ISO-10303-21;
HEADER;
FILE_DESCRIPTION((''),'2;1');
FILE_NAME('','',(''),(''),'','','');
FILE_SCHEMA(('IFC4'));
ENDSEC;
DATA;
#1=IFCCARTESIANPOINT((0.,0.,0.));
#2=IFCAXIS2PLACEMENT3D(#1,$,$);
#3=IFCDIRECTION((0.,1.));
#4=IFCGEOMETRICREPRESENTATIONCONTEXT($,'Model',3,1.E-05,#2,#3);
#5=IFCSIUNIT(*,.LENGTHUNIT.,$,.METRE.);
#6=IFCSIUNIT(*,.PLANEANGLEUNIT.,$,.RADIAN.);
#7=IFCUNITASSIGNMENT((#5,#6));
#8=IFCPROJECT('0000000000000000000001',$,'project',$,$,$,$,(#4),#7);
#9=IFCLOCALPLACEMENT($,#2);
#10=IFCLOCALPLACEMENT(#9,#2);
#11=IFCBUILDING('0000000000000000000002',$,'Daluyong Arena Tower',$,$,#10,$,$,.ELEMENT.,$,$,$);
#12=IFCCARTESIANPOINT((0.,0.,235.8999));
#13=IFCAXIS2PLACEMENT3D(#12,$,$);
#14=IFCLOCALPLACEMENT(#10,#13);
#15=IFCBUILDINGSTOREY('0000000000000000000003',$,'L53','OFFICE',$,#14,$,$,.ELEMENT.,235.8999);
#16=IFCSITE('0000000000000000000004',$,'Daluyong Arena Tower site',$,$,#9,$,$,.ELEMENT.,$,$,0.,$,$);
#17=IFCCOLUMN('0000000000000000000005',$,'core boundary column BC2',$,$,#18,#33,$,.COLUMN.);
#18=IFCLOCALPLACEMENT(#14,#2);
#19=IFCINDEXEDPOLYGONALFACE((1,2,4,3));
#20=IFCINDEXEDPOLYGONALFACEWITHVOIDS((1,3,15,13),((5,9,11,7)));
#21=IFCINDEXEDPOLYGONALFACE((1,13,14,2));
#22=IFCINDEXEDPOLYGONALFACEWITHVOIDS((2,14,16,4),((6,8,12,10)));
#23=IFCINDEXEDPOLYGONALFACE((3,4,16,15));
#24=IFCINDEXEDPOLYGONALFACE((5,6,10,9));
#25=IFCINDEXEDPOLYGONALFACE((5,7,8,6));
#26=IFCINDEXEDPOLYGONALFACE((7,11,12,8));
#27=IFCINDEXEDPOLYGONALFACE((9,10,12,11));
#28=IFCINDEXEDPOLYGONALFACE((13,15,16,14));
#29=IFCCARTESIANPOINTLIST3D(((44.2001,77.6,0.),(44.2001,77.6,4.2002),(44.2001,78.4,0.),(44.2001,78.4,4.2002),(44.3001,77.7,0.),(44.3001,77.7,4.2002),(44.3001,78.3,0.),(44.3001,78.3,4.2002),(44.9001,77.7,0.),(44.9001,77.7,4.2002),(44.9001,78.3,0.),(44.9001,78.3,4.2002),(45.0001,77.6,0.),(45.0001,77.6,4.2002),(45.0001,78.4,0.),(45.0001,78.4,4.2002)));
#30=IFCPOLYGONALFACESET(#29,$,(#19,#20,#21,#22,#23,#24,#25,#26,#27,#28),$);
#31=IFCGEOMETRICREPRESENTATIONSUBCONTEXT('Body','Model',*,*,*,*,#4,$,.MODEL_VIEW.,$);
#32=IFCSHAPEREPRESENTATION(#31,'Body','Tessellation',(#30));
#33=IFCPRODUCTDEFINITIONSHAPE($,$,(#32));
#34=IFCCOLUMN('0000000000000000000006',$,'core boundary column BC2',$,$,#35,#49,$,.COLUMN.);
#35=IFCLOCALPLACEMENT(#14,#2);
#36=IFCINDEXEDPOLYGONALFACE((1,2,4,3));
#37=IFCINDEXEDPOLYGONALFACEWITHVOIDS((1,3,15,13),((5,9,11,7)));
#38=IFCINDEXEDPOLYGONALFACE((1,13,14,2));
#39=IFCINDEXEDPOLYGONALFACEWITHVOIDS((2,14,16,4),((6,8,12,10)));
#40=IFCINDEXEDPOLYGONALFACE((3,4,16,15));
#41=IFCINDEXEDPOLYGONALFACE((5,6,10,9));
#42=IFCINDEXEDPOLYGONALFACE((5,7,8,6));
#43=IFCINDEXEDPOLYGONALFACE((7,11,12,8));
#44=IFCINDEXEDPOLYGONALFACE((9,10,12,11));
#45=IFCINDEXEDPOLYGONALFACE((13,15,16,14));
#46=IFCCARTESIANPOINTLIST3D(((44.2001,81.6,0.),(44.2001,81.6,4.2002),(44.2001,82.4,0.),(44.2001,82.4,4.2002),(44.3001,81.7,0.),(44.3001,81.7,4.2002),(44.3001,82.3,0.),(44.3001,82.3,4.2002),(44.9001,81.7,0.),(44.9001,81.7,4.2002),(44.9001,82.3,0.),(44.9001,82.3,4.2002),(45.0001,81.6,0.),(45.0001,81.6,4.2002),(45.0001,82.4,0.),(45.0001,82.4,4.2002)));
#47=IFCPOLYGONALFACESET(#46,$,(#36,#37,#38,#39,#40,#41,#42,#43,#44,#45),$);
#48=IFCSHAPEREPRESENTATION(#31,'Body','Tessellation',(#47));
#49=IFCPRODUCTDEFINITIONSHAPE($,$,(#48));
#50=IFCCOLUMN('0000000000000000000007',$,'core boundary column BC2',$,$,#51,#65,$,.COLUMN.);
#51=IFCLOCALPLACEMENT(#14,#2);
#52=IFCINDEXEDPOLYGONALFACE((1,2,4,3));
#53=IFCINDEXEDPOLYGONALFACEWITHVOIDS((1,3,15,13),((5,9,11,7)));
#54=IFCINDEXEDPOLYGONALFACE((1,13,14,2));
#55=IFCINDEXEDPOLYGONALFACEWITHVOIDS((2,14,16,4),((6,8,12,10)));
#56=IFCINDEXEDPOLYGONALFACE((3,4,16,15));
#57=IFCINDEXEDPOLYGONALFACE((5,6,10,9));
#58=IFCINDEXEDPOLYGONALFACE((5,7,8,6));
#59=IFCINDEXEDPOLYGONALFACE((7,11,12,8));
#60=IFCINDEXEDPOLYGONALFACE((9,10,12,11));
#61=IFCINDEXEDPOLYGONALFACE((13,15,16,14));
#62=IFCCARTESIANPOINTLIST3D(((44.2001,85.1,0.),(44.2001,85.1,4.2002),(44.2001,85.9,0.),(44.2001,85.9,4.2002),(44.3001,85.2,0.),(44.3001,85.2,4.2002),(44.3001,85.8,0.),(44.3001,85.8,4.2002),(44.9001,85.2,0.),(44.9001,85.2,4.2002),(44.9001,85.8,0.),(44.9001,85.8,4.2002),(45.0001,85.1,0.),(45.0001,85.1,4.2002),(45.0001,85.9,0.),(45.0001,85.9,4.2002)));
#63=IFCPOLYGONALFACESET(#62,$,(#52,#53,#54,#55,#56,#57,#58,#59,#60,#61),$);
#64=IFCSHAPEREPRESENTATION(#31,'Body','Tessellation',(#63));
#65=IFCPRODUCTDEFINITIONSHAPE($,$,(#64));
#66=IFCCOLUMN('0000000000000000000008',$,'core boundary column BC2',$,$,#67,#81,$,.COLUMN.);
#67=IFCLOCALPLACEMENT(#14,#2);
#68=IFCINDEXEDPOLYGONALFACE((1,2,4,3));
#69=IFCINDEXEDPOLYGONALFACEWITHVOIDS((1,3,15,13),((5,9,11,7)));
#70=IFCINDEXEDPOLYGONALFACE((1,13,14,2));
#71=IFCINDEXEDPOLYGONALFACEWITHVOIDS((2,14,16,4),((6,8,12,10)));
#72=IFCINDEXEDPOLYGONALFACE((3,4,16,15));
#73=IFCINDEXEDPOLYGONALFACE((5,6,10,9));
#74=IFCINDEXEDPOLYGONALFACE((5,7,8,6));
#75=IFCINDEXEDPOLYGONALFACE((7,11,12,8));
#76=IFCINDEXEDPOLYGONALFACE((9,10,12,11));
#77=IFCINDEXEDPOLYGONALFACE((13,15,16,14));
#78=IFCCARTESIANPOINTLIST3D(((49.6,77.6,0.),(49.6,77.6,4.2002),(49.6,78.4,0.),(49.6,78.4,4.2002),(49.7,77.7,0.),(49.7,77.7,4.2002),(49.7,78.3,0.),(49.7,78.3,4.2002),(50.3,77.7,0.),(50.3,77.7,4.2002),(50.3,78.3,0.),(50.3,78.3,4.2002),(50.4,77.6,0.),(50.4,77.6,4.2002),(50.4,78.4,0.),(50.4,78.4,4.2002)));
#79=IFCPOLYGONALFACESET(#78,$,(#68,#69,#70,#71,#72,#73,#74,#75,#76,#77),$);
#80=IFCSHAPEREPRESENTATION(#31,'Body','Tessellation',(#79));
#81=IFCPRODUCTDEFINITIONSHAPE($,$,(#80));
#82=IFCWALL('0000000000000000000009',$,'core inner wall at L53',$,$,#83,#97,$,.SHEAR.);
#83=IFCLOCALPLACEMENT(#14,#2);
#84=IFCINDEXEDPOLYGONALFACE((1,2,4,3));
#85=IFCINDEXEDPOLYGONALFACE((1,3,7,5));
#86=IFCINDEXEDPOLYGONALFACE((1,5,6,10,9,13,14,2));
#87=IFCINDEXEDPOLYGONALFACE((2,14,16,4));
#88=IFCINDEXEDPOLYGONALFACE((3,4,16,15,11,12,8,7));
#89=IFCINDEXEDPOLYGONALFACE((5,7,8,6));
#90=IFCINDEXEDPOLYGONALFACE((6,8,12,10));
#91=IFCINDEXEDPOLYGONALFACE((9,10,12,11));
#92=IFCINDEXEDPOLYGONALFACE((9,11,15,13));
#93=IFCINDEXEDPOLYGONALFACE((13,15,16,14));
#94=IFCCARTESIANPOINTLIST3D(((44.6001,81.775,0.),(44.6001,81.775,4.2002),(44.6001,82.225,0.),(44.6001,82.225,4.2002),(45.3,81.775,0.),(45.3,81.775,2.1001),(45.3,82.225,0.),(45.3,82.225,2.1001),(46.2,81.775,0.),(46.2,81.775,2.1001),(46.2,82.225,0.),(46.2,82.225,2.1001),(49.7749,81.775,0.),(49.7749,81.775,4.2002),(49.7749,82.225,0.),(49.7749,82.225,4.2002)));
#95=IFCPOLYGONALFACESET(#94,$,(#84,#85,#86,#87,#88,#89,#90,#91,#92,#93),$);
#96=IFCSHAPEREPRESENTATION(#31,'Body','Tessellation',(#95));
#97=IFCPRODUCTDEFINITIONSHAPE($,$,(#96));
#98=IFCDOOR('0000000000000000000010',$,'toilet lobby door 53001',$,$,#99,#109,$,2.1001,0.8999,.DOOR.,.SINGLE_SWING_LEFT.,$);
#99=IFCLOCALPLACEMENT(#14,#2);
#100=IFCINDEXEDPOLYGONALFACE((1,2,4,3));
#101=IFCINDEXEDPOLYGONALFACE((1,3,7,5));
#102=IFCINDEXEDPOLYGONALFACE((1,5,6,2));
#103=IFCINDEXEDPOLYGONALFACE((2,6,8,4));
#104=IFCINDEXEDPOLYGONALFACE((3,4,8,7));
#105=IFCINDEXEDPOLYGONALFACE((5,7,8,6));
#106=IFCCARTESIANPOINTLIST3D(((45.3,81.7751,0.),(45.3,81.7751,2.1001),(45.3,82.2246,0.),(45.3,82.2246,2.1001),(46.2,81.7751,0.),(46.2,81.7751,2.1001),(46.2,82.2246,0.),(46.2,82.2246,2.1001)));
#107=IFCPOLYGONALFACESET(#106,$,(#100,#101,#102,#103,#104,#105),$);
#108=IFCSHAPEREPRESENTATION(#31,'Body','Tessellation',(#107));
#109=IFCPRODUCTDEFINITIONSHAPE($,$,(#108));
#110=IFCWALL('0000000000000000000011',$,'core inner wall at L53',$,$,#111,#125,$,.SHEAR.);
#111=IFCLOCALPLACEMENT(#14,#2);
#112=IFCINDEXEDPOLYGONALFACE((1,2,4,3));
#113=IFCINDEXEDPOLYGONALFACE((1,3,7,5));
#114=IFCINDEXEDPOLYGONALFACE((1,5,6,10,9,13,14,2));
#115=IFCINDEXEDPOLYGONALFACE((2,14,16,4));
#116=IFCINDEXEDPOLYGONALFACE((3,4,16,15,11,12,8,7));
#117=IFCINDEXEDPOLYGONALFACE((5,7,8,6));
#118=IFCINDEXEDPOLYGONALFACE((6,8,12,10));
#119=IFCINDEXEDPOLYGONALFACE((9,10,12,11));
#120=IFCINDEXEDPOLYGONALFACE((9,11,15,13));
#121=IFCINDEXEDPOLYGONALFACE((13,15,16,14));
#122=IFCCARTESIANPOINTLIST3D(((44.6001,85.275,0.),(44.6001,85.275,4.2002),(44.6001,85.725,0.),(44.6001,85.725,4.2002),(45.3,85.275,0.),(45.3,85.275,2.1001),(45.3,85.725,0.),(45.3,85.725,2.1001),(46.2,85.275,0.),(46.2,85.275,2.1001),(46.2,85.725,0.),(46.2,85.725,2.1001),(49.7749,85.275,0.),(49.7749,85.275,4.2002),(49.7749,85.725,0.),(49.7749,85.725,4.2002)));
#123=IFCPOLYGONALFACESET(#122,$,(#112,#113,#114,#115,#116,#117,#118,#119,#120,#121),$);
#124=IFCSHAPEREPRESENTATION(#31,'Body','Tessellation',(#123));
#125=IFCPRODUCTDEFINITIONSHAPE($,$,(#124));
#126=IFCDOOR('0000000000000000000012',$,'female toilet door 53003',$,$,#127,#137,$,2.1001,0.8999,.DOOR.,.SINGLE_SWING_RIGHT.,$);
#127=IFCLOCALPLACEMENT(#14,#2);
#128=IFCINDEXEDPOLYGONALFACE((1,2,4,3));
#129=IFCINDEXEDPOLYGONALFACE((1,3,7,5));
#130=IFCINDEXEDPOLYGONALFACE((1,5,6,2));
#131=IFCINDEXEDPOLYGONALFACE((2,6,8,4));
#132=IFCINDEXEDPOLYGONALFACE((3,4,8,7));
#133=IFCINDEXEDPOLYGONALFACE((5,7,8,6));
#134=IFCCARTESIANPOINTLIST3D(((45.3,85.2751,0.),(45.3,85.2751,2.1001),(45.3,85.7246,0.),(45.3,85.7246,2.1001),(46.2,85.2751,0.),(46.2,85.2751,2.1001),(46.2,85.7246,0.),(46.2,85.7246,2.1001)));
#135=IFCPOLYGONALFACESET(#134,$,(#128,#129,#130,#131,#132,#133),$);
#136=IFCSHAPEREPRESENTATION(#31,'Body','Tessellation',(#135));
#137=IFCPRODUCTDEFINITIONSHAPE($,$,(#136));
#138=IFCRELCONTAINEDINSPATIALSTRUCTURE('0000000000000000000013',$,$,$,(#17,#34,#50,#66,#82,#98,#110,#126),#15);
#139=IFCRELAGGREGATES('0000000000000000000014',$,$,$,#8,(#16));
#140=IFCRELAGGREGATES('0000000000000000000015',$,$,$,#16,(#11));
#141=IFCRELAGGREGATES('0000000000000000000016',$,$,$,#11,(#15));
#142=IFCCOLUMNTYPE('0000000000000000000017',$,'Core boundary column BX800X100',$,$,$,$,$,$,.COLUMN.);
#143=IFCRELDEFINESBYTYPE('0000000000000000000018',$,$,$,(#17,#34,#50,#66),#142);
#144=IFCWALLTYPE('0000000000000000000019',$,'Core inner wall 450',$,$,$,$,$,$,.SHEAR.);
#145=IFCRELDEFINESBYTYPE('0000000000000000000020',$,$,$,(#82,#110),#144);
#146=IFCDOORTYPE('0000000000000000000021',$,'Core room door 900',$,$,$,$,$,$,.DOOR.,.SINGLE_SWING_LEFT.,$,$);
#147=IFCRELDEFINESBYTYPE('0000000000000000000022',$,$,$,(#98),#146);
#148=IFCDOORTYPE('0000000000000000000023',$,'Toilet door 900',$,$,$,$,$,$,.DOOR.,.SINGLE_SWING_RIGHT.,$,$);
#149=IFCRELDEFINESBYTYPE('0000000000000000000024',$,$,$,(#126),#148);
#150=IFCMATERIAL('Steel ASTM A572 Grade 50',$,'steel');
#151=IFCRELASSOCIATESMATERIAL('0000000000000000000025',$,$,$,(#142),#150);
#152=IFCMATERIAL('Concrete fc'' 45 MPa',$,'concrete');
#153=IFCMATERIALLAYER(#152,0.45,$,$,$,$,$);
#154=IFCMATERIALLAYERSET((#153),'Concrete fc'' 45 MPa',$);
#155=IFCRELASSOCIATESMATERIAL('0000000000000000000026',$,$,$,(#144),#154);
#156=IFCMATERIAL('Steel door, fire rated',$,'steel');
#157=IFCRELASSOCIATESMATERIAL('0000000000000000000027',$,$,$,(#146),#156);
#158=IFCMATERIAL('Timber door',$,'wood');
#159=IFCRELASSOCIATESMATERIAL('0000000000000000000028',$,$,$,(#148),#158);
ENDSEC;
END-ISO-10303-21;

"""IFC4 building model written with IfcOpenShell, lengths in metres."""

from ifc_helpers import new_model, si_unit, direction, frame, frame_2d, origin, origin_2d, place, context, subcontext, project, spatial, rectangle, hollow_rectangle, extrude, material, layer, layer_set, material_profile, profile_set, type_object, element, fill, save


model = new_model("IFC4")

# Units and contexts
model_context = context("Model", 3, precision=1e-05, world=origin(), true_north=direction((0.0, 1.0)))
body_context = subcontext(model_context, "Body", "Model", "MODEL_VIEW")
ifc_project = project(units=[si_unit("LENGTHUNIT", "METRE"), si_unit("PLANEANGLEUNIT", "RADIAN")], contexts=[model_context])

# Site, building, storey
site_placement = place(None, origin())
site = spatial("IfcSite", under=ifc_project, at=site_placement, Name="Daluyong Arena Tower site", CompositionType="ELEMENT", RefElevation=0.0)
building_placement = place(site_placement, origin())
building = spatial("IfcBuilding", under=site, at=building_placement, Name="Daluyong Arena Tower", CompositionType="ELEMENT")
storey_placement = place(building_placement, frame((0.0, 0.0, 235.8999)))
storey = spatial("IfcBuildingStorey", under=building, at=storey_placement, Name="L53", Description="OFFICE", CompositionType="ELEMENT", Elevation=235.8999)

# Columns
ifc_material_1 = material(Name="Steel ASTM A572 Grade 50", Category="steel")
ifc_material_profile = material_profile(ifc_material_1, hollow_rectangle(XDim=0.8, YDim=0.8, WallThickness=0.1, at=origin_2d()))
ifc_profile_set = profile_set([ifc_material_profile], Name="Steel ASTM A572 Grade 50")
column_type = type_object("IfcColumnType", Name="Core boundary column BX800X100", PredefinedType="COLUMN", material=ifc_profile_set)
for number, where, z_axis, x_axis, name in (
    (1, (44.6001, 78.0, 0.0), (0.0, 0.0, 1.0), (1.0, 0.0, 0.0), "core boundary column BC2"),
    (2, (44.6001, 82.0, 0.0), (0.0, 0.0, 1.0), (1.0, 0.0, 0.0), "core boundary column BC2"),
    (3, (44.6001, 85.5, 0.0), (0.0, 0.0, 1.0), (1.0, 0.0, 0.0), "core boundary column BC2"),
    (4, (50.0, 78.0, 0.0), (0.0, 0.0, 1.0), (1.0, 0.0, 0.0), "core boundary column BC2"),
):
    element("IfcColumn", number, at=place(storey_placement, frame(where, z_axis=z_axis, x_axis=x_axis)), inside=storey, type_object=column_type, Name=name, PredefinedType="COLUMN", context=body_context, shape_type="SweptSolid", body=[
        extrude(hollow_rectangle(XDim=0.8, YDim=0.8, WallThickness=0.1, at=origin_2d()), origin(), (0.0, 0.0, 1.0), 4.2002),
    ])

# Walls, openings, doors
ifc_material_2 = material(Name="Concrete fc' 45 MPa", Category="concrete")
ifc_layer_1 = layer(ifc_material_2, 0.45)
ifc_layer_set_1 = layer_set([ifc_layer_1], Name="Concrete fc' 45 MPa")
wall_type_1 = type_object("IfcWallType", Name="Core inner wall 450", PredefinedType="SHEAR", material=ifc_layer_set_1)
wall_1_placement = place(storey_placement, frame((44.6001, 82.0, 0.0), z_axis=(0.0, 0.0, 1.0), x_axis=(1.0, 0.0, 0.0)))
wall_1 = element("IfcWall", 5, at=wall_1_placement, inside=storey, type_object=wall_type_1, Name="core inner wall at L53", PredefinedType="SHEAR", context=body_context, shape_type="SweptSolid", body=[
    extrude(rectangle(XDim=5.1748, YDim=0.45, at=frame_2d((2.5874, 0.0))), origin(), (0.0, 0.0, 1.0), 4.2002),
])
opening_1_placement = place(wall_1_placement, frame((0.7, 0.0, 0.0)))
opening_1 = element("IfcOpeningElement", 6, at=opening_1_placement, cuts=wall_1, PredefinedType="OPENING", context=body_context, shape_type="SweptSolid", body=[
    extrude(rectangle(XDim=0.8999, YDim=2.1001, at=frame_2d((0.45, 1.05))), frame((0.0, 0.2349, 0.0), z_axis=(0.0, -1.0, 0.0), x_axis=(1.0, 0.0, 0.0)), (0.0, 0.0, 1.0), 0.47),
])
ifc_material_3 = material(Name="Steel door, fire rated", Category="steel")
door_type_1 = type_object("IfcDoorType", Name="Core room door 900", OperationType="SINGLE_SWING_LEFT", PredefinedType="DOOR", material=ifc_material_3)
door_1_placement = place(opening_1_placement, origin())
door_1 = element("IfcDoor", 7, at=door_1_placement, inside=storey, type_object=door_type_1, Name="toilet lobby door 53001", OperationType="SINGLE_SWING_LEFT", OverallHeight=2.1001, OverallWidth=0.8999, PredefinedType="DOOR", context=body_context, shape_type="SweptSolid", body=[
    extrude(rectangle(XDim=0.8999, YDim=2.1001, at=frame_2d((0.45, 1.05))), frame((0.0, 0.2246, 0.0), z_axis=(0.0, -1.0, 0.0), x_axis=(1.0, 0.0, 0.0)), (0.0, 0.0, 1.0), 0.4495),
])
fill(opening_1, door_1)
wall_2_placement = place(storey_placement, frame((44.6001, 85.5, 0.0), z_axis=(0.0, 0.0, 1.0), x_axis=(1.0, 0.0, 0.0)))
wall_2 = element("IfcWall", 8, at=wall_2_placement, inside=storey, type_object=wall_type_1, Name="core inner wall at L53", PredefinedType="SHEAR", context=body_context, shape_type="SweptSolid", body=[
    extrude(rectangle(XDim=5.1748, YDim=0.45, at=frame_2d((2.5874, 0.0))), origin(), (0.0, 0.0, 1.0), 4.2002),
])
opening_2_placement = place(wall_2_placement, frame((0.7, 0.0, 0.0)))
opening_2 = element("IfcOpeningElement", 9, at=opening_2_placement, cuts=wall_2, PredefinedType="OPENING", context=body_context, shape_type="SweptSolid", body=[
    extrude(rectangle(XDim=0.8999, YDim=2.1001, at=frame_2d((0.45, 1.05))), frame((0.0, 0.2349, 0.0), z_axis=(0.0, -1.0, 0.0), x_axis=(1.0, 0.0, 0.0)), (0.0, 0.0, 1.0), 0.47),
])
ifc_material_4 = material(Name="Timber door", Category="wood")
door_type_2 = type_object("IfcDoorType", Name="Toilet door 900", OperationType="SINGLE_SWING_RIGHT", PredefinedType="DOOR", material=ifc_material_4)
door_2_placement = place(opening_2_placement, origin())
door_2 = element("IfcDoor", 10, at=door_2_placement, inside=storey, type_object=door_type_2, Name="female toilet door 53003", OperationType="SINGLE_SWING_RIGHT", OverallHeight=2.1001, OverallWidth=0.8999, PredefinedType="DOOR", context=body_context, shape_type="SweptSolid", body=[
    extrude(rectangle(XDim=0.8999, YDim=2.1001, at=frame_2d((0.45, 1.05))), frame((0.0, 0.2246, 0.0), z_axis=(0.0, -1.0, 0.0), x_axis=(1.0, 0.0, 0.0)), (0.0, 0.0, 1.0), 0.4495),
])
fill(opening_2, door_2)

save(model, "model.ifc")
